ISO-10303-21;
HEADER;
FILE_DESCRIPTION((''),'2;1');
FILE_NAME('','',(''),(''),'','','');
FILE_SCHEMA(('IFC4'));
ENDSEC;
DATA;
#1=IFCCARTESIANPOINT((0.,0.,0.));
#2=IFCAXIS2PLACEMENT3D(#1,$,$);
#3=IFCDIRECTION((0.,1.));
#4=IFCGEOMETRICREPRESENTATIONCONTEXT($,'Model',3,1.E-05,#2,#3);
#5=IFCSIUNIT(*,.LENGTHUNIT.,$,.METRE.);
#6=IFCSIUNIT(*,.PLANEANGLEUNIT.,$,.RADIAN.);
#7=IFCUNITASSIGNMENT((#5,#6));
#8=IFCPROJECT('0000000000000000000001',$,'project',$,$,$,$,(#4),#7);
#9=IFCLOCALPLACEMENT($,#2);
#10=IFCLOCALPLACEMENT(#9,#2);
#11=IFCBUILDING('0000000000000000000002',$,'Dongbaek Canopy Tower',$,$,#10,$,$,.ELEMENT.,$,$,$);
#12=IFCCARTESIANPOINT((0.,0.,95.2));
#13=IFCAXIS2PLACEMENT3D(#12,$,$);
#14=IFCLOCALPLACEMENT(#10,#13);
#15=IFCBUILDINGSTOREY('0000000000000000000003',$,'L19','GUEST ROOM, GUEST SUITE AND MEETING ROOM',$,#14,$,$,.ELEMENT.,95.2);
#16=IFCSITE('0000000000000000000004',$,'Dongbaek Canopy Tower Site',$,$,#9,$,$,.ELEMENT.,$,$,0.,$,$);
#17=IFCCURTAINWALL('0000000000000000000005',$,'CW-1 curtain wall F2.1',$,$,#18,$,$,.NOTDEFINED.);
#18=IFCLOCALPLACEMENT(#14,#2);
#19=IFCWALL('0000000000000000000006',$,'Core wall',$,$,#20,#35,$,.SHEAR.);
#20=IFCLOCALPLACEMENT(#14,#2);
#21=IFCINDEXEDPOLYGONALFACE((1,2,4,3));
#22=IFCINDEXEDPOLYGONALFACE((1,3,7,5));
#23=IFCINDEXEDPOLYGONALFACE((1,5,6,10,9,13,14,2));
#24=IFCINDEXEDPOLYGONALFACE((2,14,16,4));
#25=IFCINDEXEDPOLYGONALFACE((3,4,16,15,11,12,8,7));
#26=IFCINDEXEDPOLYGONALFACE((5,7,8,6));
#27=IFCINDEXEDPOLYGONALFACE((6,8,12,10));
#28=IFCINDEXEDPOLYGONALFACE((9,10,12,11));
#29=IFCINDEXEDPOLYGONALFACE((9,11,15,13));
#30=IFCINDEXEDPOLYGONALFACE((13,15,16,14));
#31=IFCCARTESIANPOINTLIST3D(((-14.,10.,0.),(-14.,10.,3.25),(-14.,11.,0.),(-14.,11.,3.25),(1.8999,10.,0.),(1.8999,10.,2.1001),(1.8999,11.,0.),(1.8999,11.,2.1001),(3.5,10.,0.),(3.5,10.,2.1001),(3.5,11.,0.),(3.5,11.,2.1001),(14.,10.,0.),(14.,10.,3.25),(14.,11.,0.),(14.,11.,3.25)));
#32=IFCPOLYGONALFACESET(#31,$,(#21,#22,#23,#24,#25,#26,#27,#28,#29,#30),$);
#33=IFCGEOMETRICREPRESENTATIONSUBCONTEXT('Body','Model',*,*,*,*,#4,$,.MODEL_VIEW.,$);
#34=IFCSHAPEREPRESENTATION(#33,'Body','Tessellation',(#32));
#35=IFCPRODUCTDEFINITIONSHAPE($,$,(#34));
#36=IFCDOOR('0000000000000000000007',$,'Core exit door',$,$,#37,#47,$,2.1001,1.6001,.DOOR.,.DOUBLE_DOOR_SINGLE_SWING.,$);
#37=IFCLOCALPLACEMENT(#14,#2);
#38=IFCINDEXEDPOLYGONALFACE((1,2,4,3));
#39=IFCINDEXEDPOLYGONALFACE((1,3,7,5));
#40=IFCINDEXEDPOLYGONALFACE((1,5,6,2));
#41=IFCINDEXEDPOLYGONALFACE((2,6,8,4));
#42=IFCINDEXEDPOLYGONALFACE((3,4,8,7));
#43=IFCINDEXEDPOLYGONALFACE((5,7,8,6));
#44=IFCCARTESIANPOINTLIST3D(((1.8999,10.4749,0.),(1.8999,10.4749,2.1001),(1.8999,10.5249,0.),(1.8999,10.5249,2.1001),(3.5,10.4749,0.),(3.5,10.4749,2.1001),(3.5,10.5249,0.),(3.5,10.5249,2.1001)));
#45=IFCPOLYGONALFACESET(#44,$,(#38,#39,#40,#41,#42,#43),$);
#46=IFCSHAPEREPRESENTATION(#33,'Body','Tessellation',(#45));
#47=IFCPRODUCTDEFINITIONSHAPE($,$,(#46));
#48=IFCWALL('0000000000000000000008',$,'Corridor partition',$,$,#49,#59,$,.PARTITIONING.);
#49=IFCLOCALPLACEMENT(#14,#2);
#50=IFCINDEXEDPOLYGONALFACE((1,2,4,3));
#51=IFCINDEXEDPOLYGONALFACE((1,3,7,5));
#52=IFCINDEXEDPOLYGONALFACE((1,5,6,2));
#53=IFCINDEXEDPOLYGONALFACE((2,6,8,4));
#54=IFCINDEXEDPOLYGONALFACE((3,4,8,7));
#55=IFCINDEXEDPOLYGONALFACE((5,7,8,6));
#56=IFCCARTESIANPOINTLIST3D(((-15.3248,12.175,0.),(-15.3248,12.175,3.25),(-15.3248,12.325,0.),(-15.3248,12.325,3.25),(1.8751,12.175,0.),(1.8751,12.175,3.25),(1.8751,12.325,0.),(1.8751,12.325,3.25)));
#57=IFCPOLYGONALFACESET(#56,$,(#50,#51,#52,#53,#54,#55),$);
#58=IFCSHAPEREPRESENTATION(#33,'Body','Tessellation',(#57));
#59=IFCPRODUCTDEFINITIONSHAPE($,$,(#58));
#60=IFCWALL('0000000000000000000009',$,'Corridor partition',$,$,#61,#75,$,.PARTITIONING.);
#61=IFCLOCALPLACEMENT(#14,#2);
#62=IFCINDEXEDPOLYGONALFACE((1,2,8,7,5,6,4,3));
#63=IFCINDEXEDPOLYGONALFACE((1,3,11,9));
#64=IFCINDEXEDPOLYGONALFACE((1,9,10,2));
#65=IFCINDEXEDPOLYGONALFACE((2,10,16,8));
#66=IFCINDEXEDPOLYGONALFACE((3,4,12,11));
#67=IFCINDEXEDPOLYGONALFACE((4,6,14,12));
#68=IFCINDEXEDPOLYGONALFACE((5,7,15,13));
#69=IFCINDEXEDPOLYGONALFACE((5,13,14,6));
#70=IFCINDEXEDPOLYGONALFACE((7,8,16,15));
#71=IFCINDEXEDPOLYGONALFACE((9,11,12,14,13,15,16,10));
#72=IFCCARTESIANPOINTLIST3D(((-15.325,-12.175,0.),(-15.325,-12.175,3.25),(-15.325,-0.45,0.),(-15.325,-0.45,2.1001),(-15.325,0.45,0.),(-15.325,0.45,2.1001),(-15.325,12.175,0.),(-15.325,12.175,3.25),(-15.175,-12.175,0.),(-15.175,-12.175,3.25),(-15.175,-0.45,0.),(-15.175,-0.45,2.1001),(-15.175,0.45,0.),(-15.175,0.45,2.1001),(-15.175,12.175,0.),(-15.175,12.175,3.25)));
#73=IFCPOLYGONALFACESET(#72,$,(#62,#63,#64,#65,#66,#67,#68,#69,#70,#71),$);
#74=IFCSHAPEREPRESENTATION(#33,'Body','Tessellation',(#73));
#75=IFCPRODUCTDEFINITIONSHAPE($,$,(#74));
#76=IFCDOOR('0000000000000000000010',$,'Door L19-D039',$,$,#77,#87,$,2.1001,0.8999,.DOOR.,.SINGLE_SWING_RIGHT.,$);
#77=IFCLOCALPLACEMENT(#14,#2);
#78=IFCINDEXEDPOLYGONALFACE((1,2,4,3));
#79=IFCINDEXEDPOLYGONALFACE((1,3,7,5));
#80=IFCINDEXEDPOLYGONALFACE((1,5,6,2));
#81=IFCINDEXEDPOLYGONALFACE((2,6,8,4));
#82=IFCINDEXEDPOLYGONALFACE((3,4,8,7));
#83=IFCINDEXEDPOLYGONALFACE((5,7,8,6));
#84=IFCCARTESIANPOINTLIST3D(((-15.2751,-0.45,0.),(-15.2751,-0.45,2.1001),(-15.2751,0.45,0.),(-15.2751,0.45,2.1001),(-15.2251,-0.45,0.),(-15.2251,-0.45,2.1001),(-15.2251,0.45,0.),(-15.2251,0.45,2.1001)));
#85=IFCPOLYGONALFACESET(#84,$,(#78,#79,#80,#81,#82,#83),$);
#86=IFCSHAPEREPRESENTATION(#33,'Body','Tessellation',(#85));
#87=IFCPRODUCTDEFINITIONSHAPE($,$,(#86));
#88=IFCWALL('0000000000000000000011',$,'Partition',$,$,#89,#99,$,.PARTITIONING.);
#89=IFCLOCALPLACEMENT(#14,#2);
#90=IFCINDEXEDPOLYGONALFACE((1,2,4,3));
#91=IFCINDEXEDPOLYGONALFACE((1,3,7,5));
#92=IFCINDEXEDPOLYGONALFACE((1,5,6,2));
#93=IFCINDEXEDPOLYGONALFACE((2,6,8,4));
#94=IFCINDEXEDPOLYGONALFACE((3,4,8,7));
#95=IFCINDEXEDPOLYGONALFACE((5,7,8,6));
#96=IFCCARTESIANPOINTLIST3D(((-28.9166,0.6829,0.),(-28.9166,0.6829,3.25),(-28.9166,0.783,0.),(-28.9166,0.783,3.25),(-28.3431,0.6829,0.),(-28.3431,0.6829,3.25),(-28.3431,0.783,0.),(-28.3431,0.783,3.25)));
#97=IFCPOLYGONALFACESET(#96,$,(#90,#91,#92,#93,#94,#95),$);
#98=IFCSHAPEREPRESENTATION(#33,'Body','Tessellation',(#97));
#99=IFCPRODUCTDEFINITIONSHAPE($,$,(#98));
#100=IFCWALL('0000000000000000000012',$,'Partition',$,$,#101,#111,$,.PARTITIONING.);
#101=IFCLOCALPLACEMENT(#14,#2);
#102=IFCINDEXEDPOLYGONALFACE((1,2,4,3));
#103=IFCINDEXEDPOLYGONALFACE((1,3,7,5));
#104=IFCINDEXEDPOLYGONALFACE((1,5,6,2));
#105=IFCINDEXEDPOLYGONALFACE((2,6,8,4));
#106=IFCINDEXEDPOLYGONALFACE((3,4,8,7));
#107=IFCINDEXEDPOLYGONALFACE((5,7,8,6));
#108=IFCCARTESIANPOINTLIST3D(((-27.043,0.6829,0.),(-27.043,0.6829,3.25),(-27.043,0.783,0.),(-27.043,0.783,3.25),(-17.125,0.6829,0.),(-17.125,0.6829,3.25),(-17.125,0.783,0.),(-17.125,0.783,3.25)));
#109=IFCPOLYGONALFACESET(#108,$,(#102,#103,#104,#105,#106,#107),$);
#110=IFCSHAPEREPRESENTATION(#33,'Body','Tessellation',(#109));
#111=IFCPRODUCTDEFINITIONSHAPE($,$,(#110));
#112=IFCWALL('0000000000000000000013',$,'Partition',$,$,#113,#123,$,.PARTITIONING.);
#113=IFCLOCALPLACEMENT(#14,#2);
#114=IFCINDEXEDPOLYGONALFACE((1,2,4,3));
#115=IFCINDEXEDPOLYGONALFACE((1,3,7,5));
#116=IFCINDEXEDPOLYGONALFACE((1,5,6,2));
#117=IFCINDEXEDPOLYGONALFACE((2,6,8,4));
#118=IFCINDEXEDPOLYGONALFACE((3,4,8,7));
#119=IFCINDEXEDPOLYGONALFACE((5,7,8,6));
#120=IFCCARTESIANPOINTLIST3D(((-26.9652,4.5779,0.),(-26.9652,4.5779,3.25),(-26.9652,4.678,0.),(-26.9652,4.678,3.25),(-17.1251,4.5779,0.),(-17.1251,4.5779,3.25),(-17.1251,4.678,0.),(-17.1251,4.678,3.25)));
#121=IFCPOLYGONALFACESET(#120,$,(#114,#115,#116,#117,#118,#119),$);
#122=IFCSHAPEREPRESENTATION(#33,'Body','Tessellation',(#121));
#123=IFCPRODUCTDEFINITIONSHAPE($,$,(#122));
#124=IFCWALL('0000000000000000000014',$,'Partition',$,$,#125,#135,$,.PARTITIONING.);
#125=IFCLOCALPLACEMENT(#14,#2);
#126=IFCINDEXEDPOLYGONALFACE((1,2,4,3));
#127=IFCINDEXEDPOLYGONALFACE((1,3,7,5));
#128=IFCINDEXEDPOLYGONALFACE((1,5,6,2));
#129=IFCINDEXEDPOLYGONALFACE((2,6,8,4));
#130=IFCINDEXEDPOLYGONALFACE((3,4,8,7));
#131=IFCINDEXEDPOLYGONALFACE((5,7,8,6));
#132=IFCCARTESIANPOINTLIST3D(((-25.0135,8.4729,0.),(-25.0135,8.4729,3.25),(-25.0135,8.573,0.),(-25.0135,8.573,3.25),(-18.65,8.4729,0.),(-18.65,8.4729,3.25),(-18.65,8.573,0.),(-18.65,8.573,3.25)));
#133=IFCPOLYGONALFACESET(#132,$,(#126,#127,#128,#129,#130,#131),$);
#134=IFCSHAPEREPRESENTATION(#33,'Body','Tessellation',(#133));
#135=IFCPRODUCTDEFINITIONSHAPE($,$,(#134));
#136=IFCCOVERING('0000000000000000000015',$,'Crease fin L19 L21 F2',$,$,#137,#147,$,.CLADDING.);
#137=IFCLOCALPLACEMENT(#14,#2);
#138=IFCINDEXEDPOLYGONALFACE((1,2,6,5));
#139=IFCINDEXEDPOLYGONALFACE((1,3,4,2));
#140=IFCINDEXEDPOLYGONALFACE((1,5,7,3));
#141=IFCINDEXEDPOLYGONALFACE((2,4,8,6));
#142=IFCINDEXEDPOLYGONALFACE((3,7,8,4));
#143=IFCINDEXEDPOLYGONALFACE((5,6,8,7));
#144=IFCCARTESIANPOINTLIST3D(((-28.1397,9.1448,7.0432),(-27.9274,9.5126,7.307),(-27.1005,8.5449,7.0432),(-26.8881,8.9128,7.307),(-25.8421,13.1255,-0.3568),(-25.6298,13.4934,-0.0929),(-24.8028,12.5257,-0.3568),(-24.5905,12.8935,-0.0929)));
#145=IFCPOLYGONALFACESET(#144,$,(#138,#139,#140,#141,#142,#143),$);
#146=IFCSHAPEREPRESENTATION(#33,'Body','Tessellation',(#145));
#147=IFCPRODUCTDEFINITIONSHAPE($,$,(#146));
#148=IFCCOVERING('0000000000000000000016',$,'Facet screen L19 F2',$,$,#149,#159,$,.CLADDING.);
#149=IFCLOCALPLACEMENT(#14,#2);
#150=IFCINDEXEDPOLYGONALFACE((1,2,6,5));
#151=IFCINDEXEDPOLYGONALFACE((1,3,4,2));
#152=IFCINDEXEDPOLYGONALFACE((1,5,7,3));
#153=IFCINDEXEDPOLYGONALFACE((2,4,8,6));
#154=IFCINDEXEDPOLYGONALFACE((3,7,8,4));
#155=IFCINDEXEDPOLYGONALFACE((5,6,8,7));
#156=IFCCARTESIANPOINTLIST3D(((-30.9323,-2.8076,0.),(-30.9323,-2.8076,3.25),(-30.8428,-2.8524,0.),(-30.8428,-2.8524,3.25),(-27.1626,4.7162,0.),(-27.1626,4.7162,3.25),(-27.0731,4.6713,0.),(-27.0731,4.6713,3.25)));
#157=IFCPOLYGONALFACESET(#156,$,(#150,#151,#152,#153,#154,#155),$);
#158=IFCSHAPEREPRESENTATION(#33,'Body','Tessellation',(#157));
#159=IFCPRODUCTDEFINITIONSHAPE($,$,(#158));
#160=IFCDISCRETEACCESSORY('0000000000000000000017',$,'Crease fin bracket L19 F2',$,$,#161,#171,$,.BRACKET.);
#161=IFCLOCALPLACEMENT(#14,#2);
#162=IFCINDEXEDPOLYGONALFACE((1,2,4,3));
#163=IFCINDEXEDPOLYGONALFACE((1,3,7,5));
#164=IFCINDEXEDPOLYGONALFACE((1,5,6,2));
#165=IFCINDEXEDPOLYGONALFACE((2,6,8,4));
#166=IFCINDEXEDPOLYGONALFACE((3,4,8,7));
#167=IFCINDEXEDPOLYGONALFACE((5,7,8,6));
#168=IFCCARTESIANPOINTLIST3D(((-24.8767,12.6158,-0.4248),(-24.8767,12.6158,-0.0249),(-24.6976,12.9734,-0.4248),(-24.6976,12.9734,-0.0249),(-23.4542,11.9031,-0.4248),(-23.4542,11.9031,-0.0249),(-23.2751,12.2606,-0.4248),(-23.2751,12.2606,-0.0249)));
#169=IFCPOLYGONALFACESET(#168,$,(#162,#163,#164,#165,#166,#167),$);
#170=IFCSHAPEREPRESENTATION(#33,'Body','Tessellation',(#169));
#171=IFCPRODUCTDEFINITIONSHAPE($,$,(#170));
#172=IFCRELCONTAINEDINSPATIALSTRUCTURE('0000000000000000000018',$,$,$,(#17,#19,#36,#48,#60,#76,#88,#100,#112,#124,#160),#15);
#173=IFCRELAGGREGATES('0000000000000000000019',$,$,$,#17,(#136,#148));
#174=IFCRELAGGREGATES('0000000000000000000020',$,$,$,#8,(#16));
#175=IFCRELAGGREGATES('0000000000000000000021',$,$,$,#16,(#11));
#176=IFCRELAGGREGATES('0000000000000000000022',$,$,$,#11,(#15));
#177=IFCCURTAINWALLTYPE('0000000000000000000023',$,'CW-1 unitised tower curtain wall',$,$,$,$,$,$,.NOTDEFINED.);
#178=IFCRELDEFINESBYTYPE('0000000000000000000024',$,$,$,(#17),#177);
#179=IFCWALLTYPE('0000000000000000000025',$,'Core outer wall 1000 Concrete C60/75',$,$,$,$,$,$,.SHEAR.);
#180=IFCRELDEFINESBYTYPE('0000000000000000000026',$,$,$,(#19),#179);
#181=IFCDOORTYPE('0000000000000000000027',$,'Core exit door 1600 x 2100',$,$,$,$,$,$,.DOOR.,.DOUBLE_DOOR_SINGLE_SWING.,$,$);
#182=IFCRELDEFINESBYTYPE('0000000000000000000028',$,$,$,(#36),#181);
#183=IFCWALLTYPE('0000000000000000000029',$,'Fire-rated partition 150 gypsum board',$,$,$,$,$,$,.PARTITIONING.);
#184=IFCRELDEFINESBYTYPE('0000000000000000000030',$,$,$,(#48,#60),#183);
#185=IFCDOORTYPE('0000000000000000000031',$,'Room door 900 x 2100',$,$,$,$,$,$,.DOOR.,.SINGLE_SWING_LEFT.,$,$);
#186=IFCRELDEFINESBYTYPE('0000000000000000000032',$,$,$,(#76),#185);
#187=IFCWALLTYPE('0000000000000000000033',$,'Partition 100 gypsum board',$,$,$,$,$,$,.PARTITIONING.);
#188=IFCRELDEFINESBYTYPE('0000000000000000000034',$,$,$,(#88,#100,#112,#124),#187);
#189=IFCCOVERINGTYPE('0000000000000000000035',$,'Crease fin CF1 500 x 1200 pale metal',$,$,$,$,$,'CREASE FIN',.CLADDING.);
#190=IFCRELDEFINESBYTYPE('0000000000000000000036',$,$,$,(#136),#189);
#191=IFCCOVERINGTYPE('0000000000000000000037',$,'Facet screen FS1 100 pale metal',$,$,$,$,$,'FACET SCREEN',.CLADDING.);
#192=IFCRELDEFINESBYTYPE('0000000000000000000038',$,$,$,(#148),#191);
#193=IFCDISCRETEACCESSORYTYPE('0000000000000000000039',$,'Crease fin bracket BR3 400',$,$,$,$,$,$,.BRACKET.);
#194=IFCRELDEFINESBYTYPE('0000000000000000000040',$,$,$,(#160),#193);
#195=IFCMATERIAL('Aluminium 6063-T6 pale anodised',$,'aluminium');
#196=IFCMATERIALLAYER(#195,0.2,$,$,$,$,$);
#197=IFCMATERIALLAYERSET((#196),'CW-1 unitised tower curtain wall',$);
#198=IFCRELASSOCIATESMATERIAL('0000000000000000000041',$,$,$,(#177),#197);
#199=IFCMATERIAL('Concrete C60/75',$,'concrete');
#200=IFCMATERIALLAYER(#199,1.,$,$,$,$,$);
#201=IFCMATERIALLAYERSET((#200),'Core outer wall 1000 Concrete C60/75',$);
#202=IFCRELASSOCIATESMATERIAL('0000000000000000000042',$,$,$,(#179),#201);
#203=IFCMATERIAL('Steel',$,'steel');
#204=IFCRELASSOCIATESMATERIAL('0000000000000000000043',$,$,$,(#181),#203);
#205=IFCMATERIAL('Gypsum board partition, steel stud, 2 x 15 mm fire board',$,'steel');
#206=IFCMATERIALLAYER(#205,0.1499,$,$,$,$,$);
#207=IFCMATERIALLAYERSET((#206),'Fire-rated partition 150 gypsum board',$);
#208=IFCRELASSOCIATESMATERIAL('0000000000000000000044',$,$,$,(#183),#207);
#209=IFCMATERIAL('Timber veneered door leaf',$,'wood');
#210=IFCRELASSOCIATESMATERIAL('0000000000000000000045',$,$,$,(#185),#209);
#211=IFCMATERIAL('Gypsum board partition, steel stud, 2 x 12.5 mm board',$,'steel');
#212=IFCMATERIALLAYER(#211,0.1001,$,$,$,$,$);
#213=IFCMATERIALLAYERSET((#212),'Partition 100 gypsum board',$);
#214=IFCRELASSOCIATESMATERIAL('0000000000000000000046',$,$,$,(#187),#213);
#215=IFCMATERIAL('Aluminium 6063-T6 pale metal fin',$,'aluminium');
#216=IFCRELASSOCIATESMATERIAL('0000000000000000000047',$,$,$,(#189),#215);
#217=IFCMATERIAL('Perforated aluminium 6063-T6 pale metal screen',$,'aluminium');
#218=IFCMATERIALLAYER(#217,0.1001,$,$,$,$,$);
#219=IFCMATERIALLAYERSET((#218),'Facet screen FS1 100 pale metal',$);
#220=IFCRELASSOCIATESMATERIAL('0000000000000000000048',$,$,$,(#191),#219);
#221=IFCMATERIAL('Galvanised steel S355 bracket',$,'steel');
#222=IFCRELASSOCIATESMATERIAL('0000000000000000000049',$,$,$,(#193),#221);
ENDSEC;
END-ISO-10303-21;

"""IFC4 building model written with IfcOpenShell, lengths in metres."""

from ifc_helpers import new_model, si_unit, direction, frame, frame_2d, origin, origin_2d, place, context, subcontext, project, spatial, rectangle, extrude, material, layer, layer_set, material_profile, profile_set, type_object, element, fill, aggregate, save


model = new_model("IFC4")

# Units and contexts
model_context = context("Model", 3, precision=1e-05, world=origin(), true_north=direction((0.0, 1.0)))
body_context = subcontext(model_context, "Body", "Model", "MODEL_VIEW")
ifc_project = project(units=[si_unit("LENGTHUNIT", "METRE"), si_unit("PLANEANGLEUNIT", "RADIAN")], contexts=[model_context])

# Site, building, storey
site_placement = place(None, origin())
site = spatial("IfcSite", under=ifc_project, at=site_placement, Name="Dongbaek Canopy Tower Site", CompositionType="ELEMENT", RefElevation=0.0)
building_placement = place(site_placement, origin())
building = spatial("IfcBuilding", under=site, at=building_placement, Name="Dongbaek Canopy Tower", CompositionType="ELEMENT")
storey_placement = place(building_placement, frame((0.0, 0.0, 95.2)))
storey = spatial("IfcBuildingStorey", under=building, at=storey_placement, Name="L19", Description="GUEST ROOM, GUEST SUITE AND MEETING ROOM", CompositionType="ELEMENT", Elevation=95.2)

# Curtain wall
ifc_material_1 = material(Name="Aluminium 6063-T6 pale anodised", Category="aluminium")
ifc_layer_1 = layer(ifc_material_1, 0.2)
ifc_layer_set_1 = layer_set([ifc_layer_1], Name="CW-1 unitised tower curtain wall")
curtain_wall_type = type_object("IfcCurtainWallType", Name="CW-1 unitised tower curtain wall", PredefinedType="NOTDEFINED", material=ifc_layer_set_1)
curtain_wall_placement = place(storey_placement, origin())
curtain_wall = element("IfcCurtainWall", 1, at=curtain_wall_placement, inside=storey, type_object=curtain_wall_type, Name="CW-1 curtain wall F2.1", PredefinedType="NOTDEFINED")

# Wall, opening, door
ifc_material_2 = material(Name="Concrete C60/75", Category="concrete")
ifc_layer_2 = layer(ifc_material_2, 1.0)
ifc_layer_set_2 = layer_set([ifc_layer_2], Name="Core outer wall 1000 Concrete C60/75")
wall_type_1 = type_object("IfcWallType", Name="Core outer wall 1000 Concrete C60/75", PredefinedType="SHEAR", material=ifc_layer_set_2)
wall_1_placement = place(storey_placement, frame((-14.0, 10.5, 0.0), z_axis=(0.0, 0.0, 1.0), x_axis=(1.0, 0.0, 0.0)))
wall_1 = element("IfcWall", 2, at=wall_1_placement, inside=storey, type_object=wall_type_1, Name="Core wall", PredefinedType="SHEAR", context=body_context, shape_type="SweptSolid", body=[
    extrude(rectangle(XDim=28.0, YDim=1.0, at=frame_2d((14.0, 0.0))), origin(), (0.0, 0.0, 1.0), 3.25),
])
opening_1_placement = place(wall_1_placement, frame((15.8999, 0.0, 0.0)))
opening_1 = element("IfcOpeningElement", 3, at=opening_1_placement, cuts=wall_1, PredefinedType="OPENING", context=body_context, shape_type="SweptSolid", body=[
    extrude(rectangle(XDim=1.6001, YDim=2.1001, at=frame_2d((0.8, 1.05))), frame((0.0, 0.51, 0.0), z_axis=(0.0, -1.0, 0.0), x_axis=(1.0, 0.0, 0.0)), (0.0, 0.0, 1.0), 1.02),
])
ifc_material_3 = material(Name="Steel", Category="steel")
door_type_1 = type_object("IfcDoorType", Name="Core exit door 1600 x 2100", OperationType="DOUBLE_DOOR_SINGLE_SWING", PredefinedType="DOOR", material=ifc_material_3)
door_1_placement = place(opening_1_placement, origin())
door_1 = element("IfcDoor", 4, at=door_1_placement, inside=storey, type_object=door_type_1, Name="Core exit door", OperationType="DOUBLE_DOOR_SINGLE_SWING", OverallHeight=2.1001, OverallWidth=1.6001, PredefinedType="DOOR", context=body_context, shape_type="SweptSolid", body=[
    extrude(rectangle(XDim=1.6001, YDim=2.1001, at=frame_2d((0.8, 1.05))), frame((0.0, 0.0249, 0.0), z_axis=(0.0, -1.0, 0.0), x_axis=(1.0, 0.0, 0.0)), (0.0, 0.0, 1.0), 0.05),
])
fill(opening_1, door_1)

# Wall
ifc_material_4 = material(Name="Gypsum board partition, steel stud, 2 x 15 mm fire board", Category="steel")
ifc_layer_3 = layer(ifc_material_4, 0.1499)
ifc_layer_set_3 = layer_set([ifc_layer_3], Name="Fire-rated partition 150 gypsum board")
wall_type_2 = type_object("IfcWallType", Name="Fire-rated partition 150 gypsum board", PredefinedType="PARTITIONING", material=ifc_layer_set_3)
wall_2_placement = place(storey_placement, frame((-15.325, 12.25, 0.0), z_axis=(0.0, 0.0, 1.0), x_axis=(1.0, 0.0, 0.0)))
element("IfcWall", 5, at=wall_2_placement, inside=storey, type_object=wall_type_2, Name="Corridor partition", PredefinedType="PARTITIONING", context=body_context, shape_type="SweptSolid", body=[
    extrude(rectangle(XDim=17.2, YDim=0.1499, at=frame_2d((8.6001, 0.0))), origin(), (0.0, 0.0, 1.0), 3.25),
])

# Wall, opening, door
wall_3_placement = place(storey_placement, frame((-15.25, 12.175, 0.0), z_axis=(0.0, 0.0, 1.0), x_axis=(0.0, -1.0, 0.0)))
wall_3 = element("IfcWall", 6, at=wall_3_placement, inside=storey, type_object=wall_type_2, Name="Corridor partition", PredefinedType="PARTITIONING", context=body_context, shape_type="SweptSolid", body=[
    extrude(rectangle(XDim=24.3501, YDim=0.1499, at=frame_2d((12.175, 0.0))), origin(), (0.0, 0.0, 1.0), 3.25),
])
opening_2_placement = place(wall_3_placement, frame((11.7251, 0.0, 0.0)))
opening_2 = element("IfcOpeningElement", 7, at=opening_2_placement, cuts=wall_3, PredefinedType="OPENING", context=body_context, shape_type="SweptSolid", body=[
    extrude(rectangle(XDim=0.8999, YDim=2.1001, at=frame_2d((0.45, 1.05))), frame((0.0, 0.085, 0.0), z_axis=(0.0, -1.0, 0.0), x_axis=(1.0, 0.0, 0.0)), (0.0, 0.0, 1.0), 0.1699),
])
ifc_material_5 = material(Name="Timber veneered door leaf", Category="wood")
door_type_2 = type_object("IfcDoorType", Name="Room door 900 x 2100", OperationType="SINGLE_SWING_LEFT", PredefinedType="DOOR", material=ifc_material_5)
door_2_placement = place(opening_2_placement, origin())
door_2 = element("IfcDoor", 8, at=door_2_placement, inside=storey, type_object=door_type_2, Name="Door L19-D039", OperationType="SINGLE_SWING_RIGHT", OverallHeight=2.1001, OverallWidth=0.8999, PredefinedType="DOOR", context=body_context, shape_type="SweptSolid", body=[
    extrude(rectangle(XDim=0.8999, YDim=2.1001, at=frame_2d((0.45, 1.05))), frame((0.0, 0.0249, 0.0), z_axis=(0.0, -1.0, 0.0), x_axis=(1.0, 0.0, 0.0)), (0.0, 0.0, 1.0), 0.05),
])
fill(opening_2, door_2)

# Walls
ifc_material_6 = material(Name="Gypsum board partition, steel stud, 2 x 12.5 mm board", Category="steel")
ifc_layer_4 = layer(ifc_material_6, 0.1001)
ifc_layer_set_4 = layer_set([ifc_layer_4], Name="Partition 100 gypsum board")
wall_type_3 = type_object("IfcWallType", Name="Partition 100 gypsum board", PredefinedType="PARTITIONING", material=ifc_layer_set_4)
wall_4_placement = place(storey_placement, frame((-28.9165, 0.7329, 0.0), z_axis=(0.0, 0.0, 1.0), x_axis=(1.0, 0.0, 0.0)))
element("IfcWall", 9, at=wall_4_placement, inside=storey, type_object=wall_type_3, Name="Partition", PredefinedType="PARTITIONING", context=body_context, shape_type="SweptSolid", body=[
    extrude(rectangle(XDim=0.5735, YDim=0.1001, at=frame_2d((0.2866, 0.0))), origin(), (0.0, 0.0, 1.0), 3.25),
])
wall_5_placement = place(storey_placement, frame((-27.043, 0.7329, 0.0), z_axis=(0.0, 0.0, 1.0), x_axis=(1.0, 0.0, 0.0)))
element("IfcWall", 10, at=wall_5_placement, inside=storey, type_object=wall_type_3, Name="Partition", PredefinedType="PARTITIONING", context=body_context, shape_type="SweptSolid", body=[
    extrude(rectangle(XDim=9.918, YDim=0.1001, at=frame_2d((4.959, 0.0))), origin(), (0.0, 0.0, 1.0), 3.25),
])
wall_6_placement = place(storey_placement, frame((-26.9651, 4.6279, 0.0), z_axis=(0.0, 0.0, 1.0), x_axis=(1.0, 0.0, 0.0)))
element("IfcWall", 11, at=wall_6_placement, inside=storey, type_object=wall_type_3, Name="Partition", PredefinedType="PARTITIONING", context=body_context, shape_type="SweptSolid", body=[
    extrude(rectangle(XDim=9.8401, YDim=0.1001, at=frame_2d((4.9199, 0.0))), origin(), (0.0, 0.0, 1.0), 3.25),
])
wall_7_placement = place(storey_placement, frame((-25.0134, 8.5229, 0.0), z_axis=(0.0, 0.0, 1.0), x_axis=(1.0, 0.0, 0.0)))
element("IfcWall", 12, at=wall_7_placement, inside=storey, type_object=wall_type_3, Name="Partition", PredefinedType="PARTITIONING", context=body_context, shape_type="SweptSolid", body=[
    extrude(rectangle(XDim=6.3635, YDim=0.1001, at=frame_2d((3.1816, 0.0))), origin(), (0.0, 0.0, 1.0), 3.25),
])

# Coverings
ifc_material_7 = material(Name="Aluminium 6063-T6 pale metal fin", Category="aluminium")
ifc_material_profile_1 = material_profile(ifc_material_7, rectangle(XDim=1.2, YDim=0.5, at=origin_2d()), Name="Crease fin CF1 500 x 1200 pale metal")
ifc_profile_set_1 = profile_set([ifc_material_profile_1], Name="Aluminium 6063-T6 pale metal fin")
covering_type_1 = type_object("IfcCoveringType", Name="Crease fin CF1 500 x 1200 pale metal", ElementType="CREASE FIN", PredefinedType="CLADDING", material=ifc_profile_set_1)
covering_1_placement = place(storey_placement, frame((-25.2163, 13.0095, -0.2249), z_axis=(-0.263756, -0.456969, 0.849478), x_axis=(0.866087, -0.499893, 0.0)))
covering_1 = element("IfcCovering", 13, at=covering_1_placement, type_object=covering_type_1, Name="Crease fin L19 L21 F2", PredefinedType="CLADDING", context=body_context, shape_type="SweptSolid", body=[
    extrude(rectangle(XDim=1.2, YDim=0.5, at=origin_2d()), origin(), (0.0, 0.0, 1.0), 8.7112),
])
ifc_material_8 = material(Name="Perforated aluminium 6063-T6 pale metal screen", Category="aluminium")
ifc_layer_5 = layer(ifc_material_8, 0.1001)
ifc_layer_set_5 = layer_set([ifc_layer_5], Name="Facet screen FS1 100 pale metal")
covering_type_2 = type_object("IfcCoveringType", Name="Facet screen FS1 100 pale metal", ElementType="FACET SCREEN", PredefinedType="CLADDING", material=ifc_layer_set_5)
covering_2_placement = place(storey_placement, frame((-29.0027, 0.9319, 0.0), z_axis=(0.0, 0.0, 1.0), x_axis=(-0.447956, -0.894056, 0.0)))
covering_2 = element("IfcCovering", 14, at=covering_2_placement, type_object=covering_type_2, Name="Facet screen L19 F2", PredefinedType="CLADDING", context=body_context, shape_type="SweptSolid", body=[
    extrude(rectangle(XDim=8.4153, YDim=0.1001, at=origin_2d()), origin(), (0.0, 0.0, 1.0), 3.25),
])
aggregate(curtain_wall, [covering_1, covering_2])

# Discrete accessory
ifc_material_9 = material(Name="Galvanised steel S355 bracket", Category="steel")
discrete_accessory_type = type_object("IfcDiscreteAccessoryType", Name="Crease fin bracket BR3 400", PredefinedType="BRACKET", material=ifc_material_9)
discrete_accessory_placement = place(storey_placement, frame((-24.0759, 12.4382, -0.4248), z_axis=(0.0, 0.0, 1.0), x_axis=(-0.894056, 0.447956, 0.0)))
element("IfcDiscreteAccessory", 15, at=discrete_accessory_placement, inside=storey, type_object=discrete_accessory_type, Name="Crease fin bracket L19 F2", PredefinedType="BRACKET", context=body_context, shape_type="SweptSolid", body=[
    extrude(rectangle(XDim=1.5911, YDim=0.3999, at=origin_2d()), origin(), (0.0, 0.0, 1.0), 0.3999),
])

save(model, "model.ifc")
